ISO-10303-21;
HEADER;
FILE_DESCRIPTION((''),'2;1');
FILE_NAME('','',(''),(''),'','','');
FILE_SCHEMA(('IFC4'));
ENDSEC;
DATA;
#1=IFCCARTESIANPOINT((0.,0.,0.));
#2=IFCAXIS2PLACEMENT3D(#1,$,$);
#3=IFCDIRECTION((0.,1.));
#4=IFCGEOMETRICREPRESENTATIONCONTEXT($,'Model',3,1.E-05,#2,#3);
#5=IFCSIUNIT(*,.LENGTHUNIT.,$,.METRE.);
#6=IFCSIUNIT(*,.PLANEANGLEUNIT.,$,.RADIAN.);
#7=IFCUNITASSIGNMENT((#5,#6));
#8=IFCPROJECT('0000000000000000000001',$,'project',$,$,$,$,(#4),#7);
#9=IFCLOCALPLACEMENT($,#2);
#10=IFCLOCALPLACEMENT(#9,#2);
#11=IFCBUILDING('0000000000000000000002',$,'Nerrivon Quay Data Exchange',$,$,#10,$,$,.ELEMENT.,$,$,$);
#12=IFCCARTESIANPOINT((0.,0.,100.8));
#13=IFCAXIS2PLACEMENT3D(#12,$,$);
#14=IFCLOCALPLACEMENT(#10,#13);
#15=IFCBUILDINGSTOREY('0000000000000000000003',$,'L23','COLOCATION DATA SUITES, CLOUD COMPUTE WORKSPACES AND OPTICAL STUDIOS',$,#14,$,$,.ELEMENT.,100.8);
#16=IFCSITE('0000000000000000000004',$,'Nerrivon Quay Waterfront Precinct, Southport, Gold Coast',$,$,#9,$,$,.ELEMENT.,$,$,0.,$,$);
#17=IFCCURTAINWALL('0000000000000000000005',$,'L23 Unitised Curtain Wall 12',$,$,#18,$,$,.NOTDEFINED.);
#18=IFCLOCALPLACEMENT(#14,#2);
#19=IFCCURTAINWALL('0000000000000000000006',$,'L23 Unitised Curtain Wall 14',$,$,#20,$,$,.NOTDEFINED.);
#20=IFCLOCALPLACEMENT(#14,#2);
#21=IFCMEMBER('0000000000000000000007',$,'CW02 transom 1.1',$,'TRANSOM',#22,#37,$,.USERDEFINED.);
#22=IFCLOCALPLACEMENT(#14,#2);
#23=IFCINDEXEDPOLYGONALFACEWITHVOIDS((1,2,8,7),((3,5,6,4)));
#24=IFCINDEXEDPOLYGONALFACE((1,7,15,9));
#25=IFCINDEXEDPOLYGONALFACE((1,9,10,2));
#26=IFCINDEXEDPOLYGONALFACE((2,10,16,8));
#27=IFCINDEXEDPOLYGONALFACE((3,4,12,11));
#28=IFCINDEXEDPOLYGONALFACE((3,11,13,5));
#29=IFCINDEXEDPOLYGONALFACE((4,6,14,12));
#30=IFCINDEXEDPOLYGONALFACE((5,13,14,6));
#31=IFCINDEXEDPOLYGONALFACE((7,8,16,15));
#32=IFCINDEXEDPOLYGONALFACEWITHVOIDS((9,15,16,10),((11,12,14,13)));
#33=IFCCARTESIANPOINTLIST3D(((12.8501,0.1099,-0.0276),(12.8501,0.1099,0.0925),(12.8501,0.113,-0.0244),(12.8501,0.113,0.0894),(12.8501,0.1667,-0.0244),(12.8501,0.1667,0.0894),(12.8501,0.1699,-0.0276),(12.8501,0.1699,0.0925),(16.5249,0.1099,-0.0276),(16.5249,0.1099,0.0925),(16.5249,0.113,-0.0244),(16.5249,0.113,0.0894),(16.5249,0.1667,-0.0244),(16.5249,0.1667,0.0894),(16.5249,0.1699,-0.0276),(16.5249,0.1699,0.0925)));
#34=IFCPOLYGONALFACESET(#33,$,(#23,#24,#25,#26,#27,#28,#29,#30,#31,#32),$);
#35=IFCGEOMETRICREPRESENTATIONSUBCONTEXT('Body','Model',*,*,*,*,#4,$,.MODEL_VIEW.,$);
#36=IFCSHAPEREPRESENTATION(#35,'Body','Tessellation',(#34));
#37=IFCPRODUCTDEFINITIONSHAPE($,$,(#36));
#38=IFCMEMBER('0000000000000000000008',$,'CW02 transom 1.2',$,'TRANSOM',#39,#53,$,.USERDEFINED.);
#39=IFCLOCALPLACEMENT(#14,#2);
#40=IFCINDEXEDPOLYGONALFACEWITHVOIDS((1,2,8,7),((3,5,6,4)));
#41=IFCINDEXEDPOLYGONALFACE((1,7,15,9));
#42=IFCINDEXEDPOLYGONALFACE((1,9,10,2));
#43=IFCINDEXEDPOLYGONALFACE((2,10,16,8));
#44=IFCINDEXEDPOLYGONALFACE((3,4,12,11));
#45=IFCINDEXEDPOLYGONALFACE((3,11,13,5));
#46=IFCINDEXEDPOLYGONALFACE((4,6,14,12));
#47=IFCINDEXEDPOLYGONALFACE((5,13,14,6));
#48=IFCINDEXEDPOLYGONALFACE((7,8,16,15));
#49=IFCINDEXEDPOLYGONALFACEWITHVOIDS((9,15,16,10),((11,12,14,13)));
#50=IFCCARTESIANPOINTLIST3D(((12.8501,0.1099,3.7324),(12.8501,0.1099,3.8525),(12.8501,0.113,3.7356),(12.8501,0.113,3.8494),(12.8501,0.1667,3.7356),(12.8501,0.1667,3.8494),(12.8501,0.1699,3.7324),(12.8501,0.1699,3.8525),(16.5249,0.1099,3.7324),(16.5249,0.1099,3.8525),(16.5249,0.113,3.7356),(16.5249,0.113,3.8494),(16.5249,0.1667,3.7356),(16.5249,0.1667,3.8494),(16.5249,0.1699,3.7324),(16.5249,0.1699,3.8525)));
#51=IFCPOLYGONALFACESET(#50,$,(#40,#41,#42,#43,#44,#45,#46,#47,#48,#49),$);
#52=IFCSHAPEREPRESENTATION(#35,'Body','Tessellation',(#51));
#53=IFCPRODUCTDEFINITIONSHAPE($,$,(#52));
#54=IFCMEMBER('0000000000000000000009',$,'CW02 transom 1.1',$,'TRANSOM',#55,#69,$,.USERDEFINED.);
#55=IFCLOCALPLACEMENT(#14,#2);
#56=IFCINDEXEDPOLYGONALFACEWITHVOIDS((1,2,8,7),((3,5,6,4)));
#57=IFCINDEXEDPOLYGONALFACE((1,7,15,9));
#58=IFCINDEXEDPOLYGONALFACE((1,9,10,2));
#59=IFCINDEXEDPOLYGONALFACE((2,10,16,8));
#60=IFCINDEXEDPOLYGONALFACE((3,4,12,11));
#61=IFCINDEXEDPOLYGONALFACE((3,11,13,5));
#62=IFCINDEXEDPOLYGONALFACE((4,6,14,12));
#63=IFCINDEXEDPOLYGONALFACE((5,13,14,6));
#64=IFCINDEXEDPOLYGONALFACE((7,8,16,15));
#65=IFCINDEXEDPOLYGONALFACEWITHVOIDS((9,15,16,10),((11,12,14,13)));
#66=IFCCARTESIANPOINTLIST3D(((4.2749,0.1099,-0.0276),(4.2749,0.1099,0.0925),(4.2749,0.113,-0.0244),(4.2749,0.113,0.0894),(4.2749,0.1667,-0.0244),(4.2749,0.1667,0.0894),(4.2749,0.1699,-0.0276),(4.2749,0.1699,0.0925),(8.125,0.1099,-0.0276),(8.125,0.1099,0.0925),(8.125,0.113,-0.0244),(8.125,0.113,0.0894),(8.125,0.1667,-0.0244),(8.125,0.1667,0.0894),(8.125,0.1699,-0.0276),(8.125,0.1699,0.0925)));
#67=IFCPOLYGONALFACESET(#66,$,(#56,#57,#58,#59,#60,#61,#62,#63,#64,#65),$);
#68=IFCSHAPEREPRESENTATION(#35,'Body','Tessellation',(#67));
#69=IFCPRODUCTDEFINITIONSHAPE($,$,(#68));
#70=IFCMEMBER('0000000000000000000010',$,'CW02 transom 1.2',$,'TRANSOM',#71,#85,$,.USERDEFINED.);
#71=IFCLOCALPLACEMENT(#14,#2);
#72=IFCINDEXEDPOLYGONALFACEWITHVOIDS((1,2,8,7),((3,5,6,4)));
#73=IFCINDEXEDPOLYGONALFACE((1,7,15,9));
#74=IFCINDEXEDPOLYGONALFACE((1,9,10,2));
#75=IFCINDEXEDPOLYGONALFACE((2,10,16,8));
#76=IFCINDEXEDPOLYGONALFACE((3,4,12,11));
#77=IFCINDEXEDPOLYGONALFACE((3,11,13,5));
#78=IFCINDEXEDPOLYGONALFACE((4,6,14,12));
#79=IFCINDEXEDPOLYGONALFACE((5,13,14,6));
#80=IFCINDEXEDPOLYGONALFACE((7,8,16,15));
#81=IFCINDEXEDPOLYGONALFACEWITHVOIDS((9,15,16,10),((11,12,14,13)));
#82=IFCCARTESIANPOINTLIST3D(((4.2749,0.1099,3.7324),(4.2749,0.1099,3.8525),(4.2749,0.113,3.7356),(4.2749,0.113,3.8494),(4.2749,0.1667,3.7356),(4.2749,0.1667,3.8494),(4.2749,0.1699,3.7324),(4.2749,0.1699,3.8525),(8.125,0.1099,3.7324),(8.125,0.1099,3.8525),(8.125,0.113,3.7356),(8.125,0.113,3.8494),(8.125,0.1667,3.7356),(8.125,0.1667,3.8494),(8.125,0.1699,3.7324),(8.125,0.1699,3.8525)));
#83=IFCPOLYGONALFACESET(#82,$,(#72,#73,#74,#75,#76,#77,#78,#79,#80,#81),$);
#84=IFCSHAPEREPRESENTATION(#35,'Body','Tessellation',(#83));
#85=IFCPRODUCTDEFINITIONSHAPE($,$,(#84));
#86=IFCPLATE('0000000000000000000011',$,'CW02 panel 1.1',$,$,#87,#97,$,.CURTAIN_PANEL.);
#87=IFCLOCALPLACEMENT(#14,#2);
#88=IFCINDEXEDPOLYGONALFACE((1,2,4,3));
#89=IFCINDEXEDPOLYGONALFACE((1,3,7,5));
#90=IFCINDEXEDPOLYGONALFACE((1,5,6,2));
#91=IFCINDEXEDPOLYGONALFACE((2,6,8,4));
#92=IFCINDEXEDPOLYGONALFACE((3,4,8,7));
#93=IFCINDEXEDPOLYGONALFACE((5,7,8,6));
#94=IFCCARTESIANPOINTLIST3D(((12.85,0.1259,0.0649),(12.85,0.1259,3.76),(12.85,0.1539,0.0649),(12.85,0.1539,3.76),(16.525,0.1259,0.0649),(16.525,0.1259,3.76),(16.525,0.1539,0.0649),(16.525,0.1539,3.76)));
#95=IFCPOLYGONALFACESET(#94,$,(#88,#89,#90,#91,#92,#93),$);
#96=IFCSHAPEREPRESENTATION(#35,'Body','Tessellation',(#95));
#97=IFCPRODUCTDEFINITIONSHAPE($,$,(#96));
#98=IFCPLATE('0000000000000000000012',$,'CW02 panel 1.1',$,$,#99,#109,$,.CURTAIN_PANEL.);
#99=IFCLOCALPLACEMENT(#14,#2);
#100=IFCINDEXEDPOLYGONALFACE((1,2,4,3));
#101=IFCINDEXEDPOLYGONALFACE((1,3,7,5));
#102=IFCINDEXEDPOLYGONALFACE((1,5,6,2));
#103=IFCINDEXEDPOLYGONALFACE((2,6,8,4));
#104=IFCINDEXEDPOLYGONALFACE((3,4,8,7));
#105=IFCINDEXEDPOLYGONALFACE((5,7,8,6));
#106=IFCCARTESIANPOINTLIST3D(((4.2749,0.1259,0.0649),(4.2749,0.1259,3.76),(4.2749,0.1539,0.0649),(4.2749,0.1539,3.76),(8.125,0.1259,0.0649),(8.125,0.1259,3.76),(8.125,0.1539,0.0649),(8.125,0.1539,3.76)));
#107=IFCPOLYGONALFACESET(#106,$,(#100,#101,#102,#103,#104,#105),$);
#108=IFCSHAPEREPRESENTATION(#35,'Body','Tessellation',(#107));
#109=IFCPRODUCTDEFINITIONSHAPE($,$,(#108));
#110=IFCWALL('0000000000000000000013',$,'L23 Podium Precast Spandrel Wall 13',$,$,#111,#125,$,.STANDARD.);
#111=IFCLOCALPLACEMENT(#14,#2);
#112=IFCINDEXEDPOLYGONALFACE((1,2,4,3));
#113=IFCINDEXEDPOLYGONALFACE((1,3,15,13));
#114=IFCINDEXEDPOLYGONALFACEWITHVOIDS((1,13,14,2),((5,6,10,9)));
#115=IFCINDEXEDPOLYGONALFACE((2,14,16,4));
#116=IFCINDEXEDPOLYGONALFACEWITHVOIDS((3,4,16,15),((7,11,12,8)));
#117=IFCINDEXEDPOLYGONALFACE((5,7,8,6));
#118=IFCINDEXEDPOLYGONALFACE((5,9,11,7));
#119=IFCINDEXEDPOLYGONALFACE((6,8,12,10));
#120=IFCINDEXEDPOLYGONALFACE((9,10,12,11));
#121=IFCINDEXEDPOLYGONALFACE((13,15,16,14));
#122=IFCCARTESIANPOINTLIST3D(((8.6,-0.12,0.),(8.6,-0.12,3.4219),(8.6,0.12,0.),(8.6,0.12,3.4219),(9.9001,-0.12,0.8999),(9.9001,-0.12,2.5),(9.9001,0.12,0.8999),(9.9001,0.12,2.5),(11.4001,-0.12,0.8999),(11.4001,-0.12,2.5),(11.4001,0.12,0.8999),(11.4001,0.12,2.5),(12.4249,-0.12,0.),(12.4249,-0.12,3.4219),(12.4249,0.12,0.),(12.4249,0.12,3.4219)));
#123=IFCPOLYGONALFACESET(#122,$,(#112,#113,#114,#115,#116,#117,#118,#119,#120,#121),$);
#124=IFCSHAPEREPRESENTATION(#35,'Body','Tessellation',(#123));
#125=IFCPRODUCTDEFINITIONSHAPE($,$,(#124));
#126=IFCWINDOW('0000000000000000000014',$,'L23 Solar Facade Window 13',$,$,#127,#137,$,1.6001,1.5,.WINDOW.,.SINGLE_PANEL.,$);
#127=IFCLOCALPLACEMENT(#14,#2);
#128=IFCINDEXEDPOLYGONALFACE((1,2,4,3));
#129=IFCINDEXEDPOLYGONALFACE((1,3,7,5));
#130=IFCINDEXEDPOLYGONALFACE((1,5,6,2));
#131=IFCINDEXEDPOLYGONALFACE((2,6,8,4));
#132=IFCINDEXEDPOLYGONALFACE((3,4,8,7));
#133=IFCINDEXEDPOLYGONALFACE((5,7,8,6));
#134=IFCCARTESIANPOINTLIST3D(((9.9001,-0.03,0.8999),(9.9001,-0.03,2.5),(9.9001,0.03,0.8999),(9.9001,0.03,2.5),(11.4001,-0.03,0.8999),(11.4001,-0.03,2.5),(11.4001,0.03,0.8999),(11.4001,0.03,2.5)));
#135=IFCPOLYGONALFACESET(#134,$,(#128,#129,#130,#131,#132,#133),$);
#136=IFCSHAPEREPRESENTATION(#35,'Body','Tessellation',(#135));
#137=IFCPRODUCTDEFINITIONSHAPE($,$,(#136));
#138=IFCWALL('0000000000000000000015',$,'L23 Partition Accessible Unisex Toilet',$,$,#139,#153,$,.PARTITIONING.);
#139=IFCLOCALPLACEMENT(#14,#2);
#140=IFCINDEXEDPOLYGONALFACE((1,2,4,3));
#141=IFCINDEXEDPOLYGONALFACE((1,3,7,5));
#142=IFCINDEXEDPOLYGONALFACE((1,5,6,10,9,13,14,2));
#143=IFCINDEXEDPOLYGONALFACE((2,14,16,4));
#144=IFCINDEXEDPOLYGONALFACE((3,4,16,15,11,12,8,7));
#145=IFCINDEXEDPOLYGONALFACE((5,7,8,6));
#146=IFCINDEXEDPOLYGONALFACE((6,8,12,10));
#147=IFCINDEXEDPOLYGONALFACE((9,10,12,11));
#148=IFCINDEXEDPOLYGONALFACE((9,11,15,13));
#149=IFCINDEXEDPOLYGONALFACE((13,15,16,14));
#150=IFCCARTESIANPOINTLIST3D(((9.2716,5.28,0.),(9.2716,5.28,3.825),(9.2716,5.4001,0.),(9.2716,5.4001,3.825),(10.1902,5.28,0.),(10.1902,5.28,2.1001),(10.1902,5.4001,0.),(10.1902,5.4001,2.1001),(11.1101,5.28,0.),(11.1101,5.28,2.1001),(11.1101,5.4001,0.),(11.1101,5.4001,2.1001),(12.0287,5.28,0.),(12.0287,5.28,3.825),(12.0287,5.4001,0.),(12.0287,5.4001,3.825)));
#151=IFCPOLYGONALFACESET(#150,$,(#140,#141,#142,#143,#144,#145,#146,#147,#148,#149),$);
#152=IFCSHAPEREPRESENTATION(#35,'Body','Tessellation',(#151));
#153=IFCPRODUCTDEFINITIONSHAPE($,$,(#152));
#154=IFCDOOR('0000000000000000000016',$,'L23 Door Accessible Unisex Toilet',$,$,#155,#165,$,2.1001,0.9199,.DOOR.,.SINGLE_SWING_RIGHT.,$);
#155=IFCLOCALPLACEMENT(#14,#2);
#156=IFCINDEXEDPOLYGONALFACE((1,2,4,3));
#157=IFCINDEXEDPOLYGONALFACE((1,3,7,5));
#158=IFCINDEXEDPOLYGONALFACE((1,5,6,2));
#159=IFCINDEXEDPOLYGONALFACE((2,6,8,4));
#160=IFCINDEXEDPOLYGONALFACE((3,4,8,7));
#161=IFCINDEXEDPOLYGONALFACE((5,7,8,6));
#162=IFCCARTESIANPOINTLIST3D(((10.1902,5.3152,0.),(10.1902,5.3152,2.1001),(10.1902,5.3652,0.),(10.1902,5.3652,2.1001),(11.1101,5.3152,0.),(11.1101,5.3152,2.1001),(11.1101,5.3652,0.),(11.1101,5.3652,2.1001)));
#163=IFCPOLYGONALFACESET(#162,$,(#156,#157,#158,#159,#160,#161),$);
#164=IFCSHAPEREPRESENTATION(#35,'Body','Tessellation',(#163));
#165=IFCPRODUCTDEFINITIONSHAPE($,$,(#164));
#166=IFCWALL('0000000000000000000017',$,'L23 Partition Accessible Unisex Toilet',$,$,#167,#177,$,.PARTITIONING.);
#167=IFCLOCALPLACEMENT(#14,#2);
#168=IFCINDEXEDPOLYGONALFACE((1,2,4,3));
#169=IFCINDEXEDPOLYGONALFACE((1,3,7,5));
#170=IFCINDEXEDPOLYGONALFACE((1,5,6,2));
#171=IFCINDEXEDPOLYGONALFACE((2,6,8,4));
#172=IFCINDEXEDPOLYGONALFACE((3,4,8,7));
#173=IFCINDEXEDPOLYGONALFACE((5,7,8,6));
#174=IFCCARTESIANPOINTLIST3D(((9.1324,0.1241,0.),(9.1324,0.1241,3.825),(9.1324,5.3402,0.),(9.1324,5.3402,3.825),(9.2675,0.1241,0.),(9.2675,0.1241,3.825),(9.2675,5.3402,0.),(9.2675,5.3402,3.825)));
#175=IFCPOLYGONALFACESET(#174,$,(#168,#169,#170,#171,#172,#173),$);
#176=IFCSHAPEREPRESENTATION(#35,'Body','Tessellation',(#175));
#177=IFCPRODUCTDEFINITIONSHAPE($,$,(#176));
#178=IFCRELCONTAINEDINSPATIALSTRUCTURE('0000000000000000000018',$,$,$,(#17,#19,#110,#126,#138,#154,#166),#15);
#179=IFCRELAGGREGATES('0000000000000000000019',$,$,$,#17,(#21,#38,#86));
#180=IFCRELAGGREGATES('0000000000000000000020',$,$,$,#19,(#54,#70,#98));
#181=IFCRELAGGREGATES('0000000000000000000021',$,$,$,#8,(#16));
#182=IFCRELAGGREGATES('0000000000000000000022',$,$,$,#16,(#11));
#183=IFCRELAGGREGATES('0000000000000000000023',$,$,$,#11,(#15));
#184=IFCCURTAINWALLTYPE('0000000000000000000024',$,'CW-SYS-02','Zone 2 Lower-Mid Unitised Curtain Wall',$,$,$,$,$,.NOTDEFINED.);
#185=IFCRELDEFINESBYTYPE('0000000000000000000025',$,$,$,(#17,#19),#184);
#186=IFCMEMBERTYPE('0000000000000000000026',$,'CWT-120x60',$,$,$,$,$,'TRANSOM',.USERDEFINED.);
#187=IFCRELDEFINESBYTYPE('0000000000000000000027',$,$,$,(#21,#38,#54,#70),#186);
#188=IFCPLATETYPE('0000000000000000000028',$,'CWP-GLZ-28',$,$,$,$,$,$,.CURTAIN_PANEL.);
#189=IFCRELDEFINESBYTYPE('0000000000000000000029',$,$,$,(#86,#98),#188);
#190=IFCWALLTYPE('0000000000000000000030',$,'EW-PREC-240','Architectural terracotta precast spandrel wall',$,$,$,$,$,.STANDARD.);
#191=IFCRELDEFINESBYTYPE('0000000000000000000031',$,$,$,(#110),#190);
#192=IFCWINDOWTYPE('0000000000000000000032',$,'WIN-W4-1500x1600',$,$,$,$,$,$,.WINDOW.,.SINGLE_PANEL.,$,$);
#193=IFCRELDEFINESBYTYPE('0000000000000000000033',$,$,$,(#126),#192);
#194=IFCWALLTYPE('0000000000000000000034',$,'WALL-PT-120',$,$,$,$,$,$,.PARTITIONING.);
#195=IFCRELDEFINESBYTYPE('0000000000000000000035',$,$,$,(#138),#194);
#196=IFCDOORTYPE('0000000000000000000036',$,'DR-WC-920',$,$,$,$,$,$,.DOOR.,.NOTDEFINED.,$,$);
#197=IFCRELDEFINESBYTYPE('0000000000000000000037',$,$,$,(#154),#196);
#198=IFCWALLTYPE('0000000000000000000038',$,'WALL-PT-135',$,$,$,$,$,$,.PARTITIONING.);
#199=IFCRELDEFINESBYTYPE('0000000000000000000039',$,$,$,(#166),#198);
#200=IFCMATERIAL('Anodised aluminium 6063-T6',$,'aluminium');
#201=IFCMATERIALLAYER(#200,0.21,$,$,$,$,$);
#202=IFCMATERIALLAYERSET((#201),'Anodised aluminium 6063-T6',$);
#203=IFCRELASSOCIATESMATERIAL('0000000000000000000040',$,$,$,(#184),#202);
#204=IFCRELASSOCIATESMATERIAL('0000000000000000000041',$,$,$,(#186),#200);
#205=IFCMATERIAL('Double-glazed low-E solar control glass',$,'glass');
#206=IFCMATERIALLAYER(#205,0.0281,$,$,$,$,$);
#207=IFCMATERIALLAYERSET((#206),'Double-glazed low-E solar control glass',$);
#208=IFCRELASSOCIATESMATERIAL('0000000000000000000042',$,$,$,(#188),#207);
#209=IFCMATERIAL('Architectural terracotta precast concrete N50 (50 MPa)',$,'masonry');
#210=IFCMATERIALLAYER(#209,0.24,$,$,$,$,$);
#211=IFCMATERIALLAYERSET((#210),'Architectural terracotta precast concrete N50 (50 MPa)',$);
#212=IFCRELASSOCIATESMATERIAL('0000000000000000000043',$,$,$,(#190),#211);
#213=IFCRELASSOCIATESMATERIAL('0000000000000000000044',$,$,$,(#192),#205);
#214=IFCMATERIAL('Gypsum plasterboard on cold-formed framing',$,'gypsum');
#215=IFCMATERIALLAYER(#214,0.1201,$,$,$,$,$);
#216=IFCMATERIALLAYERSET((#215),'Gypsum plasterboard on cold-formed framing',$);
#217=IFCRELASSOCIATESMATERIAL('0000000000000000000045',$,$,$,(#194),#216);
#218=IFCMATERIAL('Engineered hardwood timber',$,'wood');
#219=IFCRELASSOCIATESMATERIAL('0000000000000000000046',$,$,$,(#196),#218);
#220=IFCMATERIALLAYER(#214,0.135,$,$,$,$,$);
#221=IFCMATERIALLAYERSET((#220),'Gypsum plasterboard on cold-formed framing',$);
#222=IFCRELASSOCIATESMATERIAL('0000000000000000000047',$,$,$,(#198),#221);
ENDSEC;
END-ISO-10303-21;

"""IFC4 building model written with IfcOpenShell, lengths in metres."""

from ifc_helpers import new_model, si_unit, direction, frame, frame_2d, origin, origin_2d, place, context, subcontext, project, spatial, rectangle, hollow_rectangle, extrude, material, layer, layer_set, material_profile, profile_set, type_object, element, fill, aggregate, save


model = new_model("IFC4")

# Units and contexts
model_context = context("Model", 3, precision=1e-05, world=origin(), true_north=direction((0.0, 1.0)))
body_context = subcontext(model_context, "Body", "Model", "MODEL_VIEW")
ifc_project = project(units=[si_unit("LENGTHUNIT", "METRE"), si_unit("PLANEANGLEUNIT", "RADIAN")], contexts=[model_context])

# Site, building, storey
site_placement = place(None, origin())
site = spatial("IfcSite", under=ifc_project, at=site_placement, Name="Nerrivon Quay Waterfront Precinct, Southport, Gold Coast", CompositionType="ELEMENT", RefElevation=0.0)
building_placement = place(site_placement, origin())
building = spatial("IfcBuilding", under=site, at=building_placement, Name="Nerrivon Quay Data Exchange", CompositionType="ELEMENT")
storey_placement = place(building_placement, frame((0.0, 0.0, 100.8)))
storey = spatial("IfcBuildingStorey", under=building, at=storey_placement, Name="L23", Description="COLOCATION DATA SUITES, CLOUD COMPUTE WORKSPACES AND OPTICAL STUDIOS", CompositionType="ELEMENT", Elevation=100.8)

# Curtain wall
ifc_material_1 = material(Name="Anodised aluminium 6063-T6", Category="aluminium")
ifc_layer_1 = layer(ifc_material_1, 0.21)
ifc_layer_set_1 = layer_set([ifc_layer_1], Name="Anodised aluminium 6063-T6")
curtain_wall_type = type_object("IfcCurtainWallType", Name="CW-SYS-02", Description="Zone 2 Lower-Mid Unitised Curtain Wall", PredefinedType="NOTDEFINED", material=ifc_layer_set_1)
curtain_wall_1_placement = place(storey_placement, origin())
curtain_wall_1 = element("IfcCurtainWall", 1, at=curtain_wall_1_placement, inside=storey, type_object=curtain_wall_type, Name="L23 Unitised Curtain Wall 12", PredefinedType="NOTDEFINED")

# Curtain wall
curtain_wall_2_placement = place(storey_placement, origin())
curtain_wall_2 = element("IfcCurtainWall", 2, at=curtain_wall_2_placement, inside=storey, type_object=curtain_wall_type, Name="L23 Unitised Curtain Wall 14", PredefinedType="NOTDEFINED")

# Members
ifc_material_profile_1 = material_profile(ifc_material_1, hollow_rectangle(XDim=0.0601, YDim=0.1201, WallThickness=0.0032, at=origin_2d()), Name="ALU-TRAN-120x60")
ifc_profile_set_1 = profile_set([ifc_material_profile_1], Name="Anodised aluminium 6063-T6")
member_type_1 = type_object("IfcMemberType", Name="CWT-120x60", ElementType="TRANSOM", PredefinedType="USERDEFINED", material=ifc_profile_set_1)
member_1_placement = place(storey_placement, frame((16.5249, 0.1399, 0.0325), z_axis=(-1.0, 0.0, 0.0), x_axis=(0.0, -1.0, 0.0)))
member_1 = element("IfcMember", 3, at=member_1_placement, type_object=member_type_1, Name="CW02 transom 1.1", ObjectType="TRANSOM", PredefinedType="USERDEFINED", context=body_context, shape_type="SweptSolid", body=[
    extrude(hollow_rectangle(XDim=0.0601, YDim=0.1201, WallThickness=0.0032, at=origin_2d()), origin(), (0.0, 0.0, 1.0), 3.6748),
])
member_2_placement = place(storey_placement, frame((16.5249, 0.1399, 3.7925), z_axis=(-1.0, 0.0, 0.0), x_axis=(0.0, -1.0, 0.0)))
member_2 = element("IfcMember", 4, at=member_2_placement, type_object=member_type_1, Name="CW02 transom 1.2", ObjectType="TRANSOM", PredefinedType="USERDEFINED", context=body_context, shape_type="SweptSolid", body=[
    extrude(hollow_rectangle(XDim=0.0601, YDim=0.1201, WallThickness=0.0032, at=origin_2d()), origin(), (0.0, 0.0, 1.0), 3.6748),
])
member_3_placement = place(storey_placement, frame((8.125, 0.1399, 0.0325), z_axis=(-1.0, 0.0, 0.0), x_axis=(0.0, -1.0, 0.0)))
member_3 = element("IfcMember", 5, at=member_3_placement, type_object=member_type_1, Name="CW02 transom 1.1", ObjectType="TRANSOM", PredefinedType="USERDEFINED", context=body_context, shape_type="SweptSolid", body=[
    extrude(hollow_rectangle(XDim=0.0601, YDim=0.1201, WallThickness=0.0032, at=origin_2d()), origin(), (0.0, 0.0, 1.0), 3.8501),
])
member_4_placement = place(storey_placement, frame((8.125, 0.1399, 3.7925), z_axis=(-1.0, 0.0, 0.0), x_axis=(0.0, -1.0, 0.0)))
member_4 = element("IfcMember", 6, at=member_4_placement, type_object=member_type_1, Name="CW02 transom 1.2", ObjectType="TRANSOM", PredefinedType="USERDEFINED", context=body_context, shape_type="SweptSolid", body=[
    extrude(hollow_rectangle(XDim=0.0601, YDim=0.1201, WallThickness=0.0032, at=origin_2d()), origin(), (0.0, 0.0, 1.0), 3.8501),
])

# Plates
ifc_material_2 = material(Name="Double-glazed low-E solar control glass", Category="glass")
ifc_layer_2 = layer(ifc_material_2, 0.0281)
ifc_layer_set_2 = layer_set([ifc_layer_2], Name="Double-glazed low-E solar control glass")
plate_type = type_object("IfcPlateType", Name="CWP-GLZ-28", PredefinedType="CURTAIN_PANEL", material=ifc_layer_set_2)
plate_1_placement = place(storey_placement, frame((14.6875, 0.1399, 0.0649), z_axis=(0.0, 0.0, 1.0), x_axis=(-1.0, 0.0, 0.0)))
plate_1 = element("IfcPlate", 7, at=plate_1_placement, type_object=plate_type, Name="CW02 panel 1.1", PredefinedType="CURTAIN_PANEL", context=body_context, shape_type="SweptSolid", body=[
    extrude(rectangle(XDim=3.675, YDim=0.0281, at=origin_2d()), origin(), (0.0, 0.0, 1.0), 3.6951),
])
aggregate(curtain_wall_1, [member_1, member_2, plate_1])
plate_2_placement = place(storey_placement, frame((6.2, 0.1399, 0.0649), z_axis=(0.0, 0.0, 1.0), x_axis=(-1.0, 0.0, 0.0)))
plate_2 = element("IfcPlate", 8, at=plate_2_placement, type_object=plate_type, Name="CW02 panel 1.1", PredefinedType="CURTAIN_PANEL", context=body_context, shape_type="SweptSolid", body=[
    extrude(rectangle(XDim=3.8501, YDim=0.0281, at=origin_2d()), origin(), (0.0, 0.0, 1.0), 3.6951),
])
aggregate(curtain_wall_2, [member_3, member_4, plate_2])

# Wall, opening, window
ifc_material_3 = material(Name="Architectural terracotta precast concrete N50 (50 MPa)", Category="masonry")
ifc_layer_3 = layer(ifc_material_3, 0.24)
ifc_layer_set_3 = layer_set([ifc_layer_3], Name="Architectural terracotta precast concrete N50 (50 MPa)")
wall_type_1 = type_object("IfcWallType", Name="EW-PREC-240", Description="Architectural terracotta precast spandrel wall", PredefinedType="STANDARD", material=ifc_layer_set_3)
wall_1_placement = place(storey_placement, frame((12.425, 0.0, 0.0), z_axis=(0.0, 0.0, 1.0), x_axis=(-1.0, 0.0, 0.0)))
wall_1 = element("IfcWall", 9, at=wall_1_placement, inside=storey, type_object=wall_type_1, Name="L23 Podium Precast Spandrel Wall 13", PredefinedType="STANDARD", context=body_context, shape_type="SweptSolid", body=[
    extrude(rectangle(XDim=3.825, YDim=0.24, at=frame_2d((1.9126, 0.0))), origin(), (0.0, 0.0, 1.0), 3.4219),
])
opening_1_placement = place(wall_1_placement, frame((1.0249, 0.0, 0.8999)))
opening_1 = element("IfcOpeningElement", 10, at=opening_1_placement, cuts=wall_1, PredefinedType="OPENING", context=body_context, shape_type="SweptSolid", body=[
    extrude(rectangle(XDim=1.5, YDim=1.6001, at=frame_2d((0.75, 0.8))), frame((0.0, 0.1299, 0.0), z_axis=(0.0, -1.0, 0.0), x_axis=(1.0, 0.0, 0.0)), (0.0, 0.0, 1.0), 0.26),
])
window_type = type_object("IfcWindowType", Name="WIN-W4-1500x1600", PartitioningType="SINGLE_PANEL", PredefinedType="WINDOW", material=ifc_material_2)
window_placement = place(opening_1_placement, origin())
window = element("IfcWindow", 11, at=window_placement, inside=storey, type_object=window_type, Name="L23 Solar Facade Window 13", OverallHeight=1.6001, OverallWidth=1.5, PartitioningType="SINGLE_PANEL", PredefinedType="WINDOW", context=body_context, shape_type="SweptSolid", body=[
    extrude(rectangle(XDim=1.5, YDim=1.6001, at=frame_2d((0.75, 0.8))), frame((0.0, 0.03, 0.0), z_axis=(0.0, -1.0, 0.0), x_axis=(1.0, 0.0, 0.0)), (0.0, 0.0, 1.0), 0.0601),
])
fill(opening_1, window)

# Wall, opening, door
ifc_material_4 = material(Name="Gypsum plasterboard on cold-formed framing", Category="gypsum")
ifc_layer_4 = layer(ifc_material_4, 0.1201)
ifc_layer_set_4 = layer_set([ifc_layer_4], Name="Gypsum plasterboard on cold-formed framing")
wall_type_2 = type_object("IfcWallType", Name="WALL-PT-120", PredefinedType="PARTITIONING", material=ifc_layer_set_4)
wall_2_placement = place(storey_placement, frame((12.0286, 5.3401, 0.0), z_axis=(0.0, 0.0, 1.0), x_axis=(-1.0, 0.0, 0.0)))
wall_2 = element("IfcWall", 12, at=wall_2_placement, inside=storey, type_object=wall_type_2, Name="L23 Partition Accessible Unisex Toilet", PredefinedType="PARTITIONING", context=body_context, shape_type="SweptSolid", body=[
    extrude(rectangle(XDim=2.7571, YDim=0.1201, at=frame_2d((1.3784, 0.0))), origin(), (0.0, 0.0, 1.0), 3.825),
])
opening_2_placement = place(wall_2_placement, frame((0.9185, 0.0, 0.0)))
opening_2 = element("IfcOpeningElement", 13, at=opening_2_placement, cuts=wall_2, PredefinedType="OPENING", context=body_context, shape_type="SweptSolid", body=[
    extrude(rectangle(XDim=0.9199, YDim=2.1001, at=frame_2d((0.46, 1.05))), frame((0.0, 0.0701, 0.0), z_axis=(0.0, -1.0, 0.0), x_axis=(1.0, 0.0, 0.0)), (0.0, 0.0, 1.0), 0.1401),
])
ifc_material_5 = material(Name="Engineered hardwood timber", Category="wood")
door_type = type_object("IfcDoorType", Name="DR-WC-920", OperationType="NOTDEFINED", PredefinedType="DOOR", material=ifc_material_5)
door_placement = place(opening_2_placement, origin())
door = element("IfcDoor", 14, at=door_placement, inside=storey, type_object=door_type, Name="L23 Door Accessible Unisex Toilet", OperationType="SINGLE_SWING_RIGHT", OverallHeight=2.1001, OverallWidth=0.9199, PredefinedType="DOOR", context=body_context, shape_type="SweptSolid", body=[
    extrude(rectangle(XDim=0.9199, YDim=2.1001, at=frame_2d((0.46, 1.05))), frame((0.0, 0.0249, 0.0), z_axis=(0.0, -1.0, 0.0), x_axis=(1.0, 0.0, 0.0)), (0.0, 0.0, 1.0), 0.05),
])
fill(opening_2, door)

# Wall
ifc_layer_5 = layer(ifc_material_4, 0.135)
ifc_layer_set_5 = layer_set([ifc_layer_5], Name="Gypsum plasterboard on cold-formed framing")
wall_type_3 = type_object("IfcWallType", Name="WALL-PT-135", PredefinedType="PARTITIONING", material=ifc_layer_set_5)
for number, where, z_axis, x_axis, name in (
    (15, (9.2, 5.3401, 0.0), (0.0, 0.0, 1.0), (0.0, -1.0, 0.0), "L23 Partition Accessible Unisex Toilet"),
):
    element("IfcWall", number, at=place(storey_placement, frame(where, z_axis=z_axis, x_axis=x_axis)), inside=storey, type_object=wall_type_3, Name=name, PredefinedType="PARTITIONING", context=body_context, shape_type="SweptSolid", body=[
        extrude(rectangle(XDim=5.2161, YDim=0.135, at=frame_2d((2.6079, 0.0))), origin(), (0.0, 0.0, 1.0), 3.825),
    ])

save(model, "model.ifc")
